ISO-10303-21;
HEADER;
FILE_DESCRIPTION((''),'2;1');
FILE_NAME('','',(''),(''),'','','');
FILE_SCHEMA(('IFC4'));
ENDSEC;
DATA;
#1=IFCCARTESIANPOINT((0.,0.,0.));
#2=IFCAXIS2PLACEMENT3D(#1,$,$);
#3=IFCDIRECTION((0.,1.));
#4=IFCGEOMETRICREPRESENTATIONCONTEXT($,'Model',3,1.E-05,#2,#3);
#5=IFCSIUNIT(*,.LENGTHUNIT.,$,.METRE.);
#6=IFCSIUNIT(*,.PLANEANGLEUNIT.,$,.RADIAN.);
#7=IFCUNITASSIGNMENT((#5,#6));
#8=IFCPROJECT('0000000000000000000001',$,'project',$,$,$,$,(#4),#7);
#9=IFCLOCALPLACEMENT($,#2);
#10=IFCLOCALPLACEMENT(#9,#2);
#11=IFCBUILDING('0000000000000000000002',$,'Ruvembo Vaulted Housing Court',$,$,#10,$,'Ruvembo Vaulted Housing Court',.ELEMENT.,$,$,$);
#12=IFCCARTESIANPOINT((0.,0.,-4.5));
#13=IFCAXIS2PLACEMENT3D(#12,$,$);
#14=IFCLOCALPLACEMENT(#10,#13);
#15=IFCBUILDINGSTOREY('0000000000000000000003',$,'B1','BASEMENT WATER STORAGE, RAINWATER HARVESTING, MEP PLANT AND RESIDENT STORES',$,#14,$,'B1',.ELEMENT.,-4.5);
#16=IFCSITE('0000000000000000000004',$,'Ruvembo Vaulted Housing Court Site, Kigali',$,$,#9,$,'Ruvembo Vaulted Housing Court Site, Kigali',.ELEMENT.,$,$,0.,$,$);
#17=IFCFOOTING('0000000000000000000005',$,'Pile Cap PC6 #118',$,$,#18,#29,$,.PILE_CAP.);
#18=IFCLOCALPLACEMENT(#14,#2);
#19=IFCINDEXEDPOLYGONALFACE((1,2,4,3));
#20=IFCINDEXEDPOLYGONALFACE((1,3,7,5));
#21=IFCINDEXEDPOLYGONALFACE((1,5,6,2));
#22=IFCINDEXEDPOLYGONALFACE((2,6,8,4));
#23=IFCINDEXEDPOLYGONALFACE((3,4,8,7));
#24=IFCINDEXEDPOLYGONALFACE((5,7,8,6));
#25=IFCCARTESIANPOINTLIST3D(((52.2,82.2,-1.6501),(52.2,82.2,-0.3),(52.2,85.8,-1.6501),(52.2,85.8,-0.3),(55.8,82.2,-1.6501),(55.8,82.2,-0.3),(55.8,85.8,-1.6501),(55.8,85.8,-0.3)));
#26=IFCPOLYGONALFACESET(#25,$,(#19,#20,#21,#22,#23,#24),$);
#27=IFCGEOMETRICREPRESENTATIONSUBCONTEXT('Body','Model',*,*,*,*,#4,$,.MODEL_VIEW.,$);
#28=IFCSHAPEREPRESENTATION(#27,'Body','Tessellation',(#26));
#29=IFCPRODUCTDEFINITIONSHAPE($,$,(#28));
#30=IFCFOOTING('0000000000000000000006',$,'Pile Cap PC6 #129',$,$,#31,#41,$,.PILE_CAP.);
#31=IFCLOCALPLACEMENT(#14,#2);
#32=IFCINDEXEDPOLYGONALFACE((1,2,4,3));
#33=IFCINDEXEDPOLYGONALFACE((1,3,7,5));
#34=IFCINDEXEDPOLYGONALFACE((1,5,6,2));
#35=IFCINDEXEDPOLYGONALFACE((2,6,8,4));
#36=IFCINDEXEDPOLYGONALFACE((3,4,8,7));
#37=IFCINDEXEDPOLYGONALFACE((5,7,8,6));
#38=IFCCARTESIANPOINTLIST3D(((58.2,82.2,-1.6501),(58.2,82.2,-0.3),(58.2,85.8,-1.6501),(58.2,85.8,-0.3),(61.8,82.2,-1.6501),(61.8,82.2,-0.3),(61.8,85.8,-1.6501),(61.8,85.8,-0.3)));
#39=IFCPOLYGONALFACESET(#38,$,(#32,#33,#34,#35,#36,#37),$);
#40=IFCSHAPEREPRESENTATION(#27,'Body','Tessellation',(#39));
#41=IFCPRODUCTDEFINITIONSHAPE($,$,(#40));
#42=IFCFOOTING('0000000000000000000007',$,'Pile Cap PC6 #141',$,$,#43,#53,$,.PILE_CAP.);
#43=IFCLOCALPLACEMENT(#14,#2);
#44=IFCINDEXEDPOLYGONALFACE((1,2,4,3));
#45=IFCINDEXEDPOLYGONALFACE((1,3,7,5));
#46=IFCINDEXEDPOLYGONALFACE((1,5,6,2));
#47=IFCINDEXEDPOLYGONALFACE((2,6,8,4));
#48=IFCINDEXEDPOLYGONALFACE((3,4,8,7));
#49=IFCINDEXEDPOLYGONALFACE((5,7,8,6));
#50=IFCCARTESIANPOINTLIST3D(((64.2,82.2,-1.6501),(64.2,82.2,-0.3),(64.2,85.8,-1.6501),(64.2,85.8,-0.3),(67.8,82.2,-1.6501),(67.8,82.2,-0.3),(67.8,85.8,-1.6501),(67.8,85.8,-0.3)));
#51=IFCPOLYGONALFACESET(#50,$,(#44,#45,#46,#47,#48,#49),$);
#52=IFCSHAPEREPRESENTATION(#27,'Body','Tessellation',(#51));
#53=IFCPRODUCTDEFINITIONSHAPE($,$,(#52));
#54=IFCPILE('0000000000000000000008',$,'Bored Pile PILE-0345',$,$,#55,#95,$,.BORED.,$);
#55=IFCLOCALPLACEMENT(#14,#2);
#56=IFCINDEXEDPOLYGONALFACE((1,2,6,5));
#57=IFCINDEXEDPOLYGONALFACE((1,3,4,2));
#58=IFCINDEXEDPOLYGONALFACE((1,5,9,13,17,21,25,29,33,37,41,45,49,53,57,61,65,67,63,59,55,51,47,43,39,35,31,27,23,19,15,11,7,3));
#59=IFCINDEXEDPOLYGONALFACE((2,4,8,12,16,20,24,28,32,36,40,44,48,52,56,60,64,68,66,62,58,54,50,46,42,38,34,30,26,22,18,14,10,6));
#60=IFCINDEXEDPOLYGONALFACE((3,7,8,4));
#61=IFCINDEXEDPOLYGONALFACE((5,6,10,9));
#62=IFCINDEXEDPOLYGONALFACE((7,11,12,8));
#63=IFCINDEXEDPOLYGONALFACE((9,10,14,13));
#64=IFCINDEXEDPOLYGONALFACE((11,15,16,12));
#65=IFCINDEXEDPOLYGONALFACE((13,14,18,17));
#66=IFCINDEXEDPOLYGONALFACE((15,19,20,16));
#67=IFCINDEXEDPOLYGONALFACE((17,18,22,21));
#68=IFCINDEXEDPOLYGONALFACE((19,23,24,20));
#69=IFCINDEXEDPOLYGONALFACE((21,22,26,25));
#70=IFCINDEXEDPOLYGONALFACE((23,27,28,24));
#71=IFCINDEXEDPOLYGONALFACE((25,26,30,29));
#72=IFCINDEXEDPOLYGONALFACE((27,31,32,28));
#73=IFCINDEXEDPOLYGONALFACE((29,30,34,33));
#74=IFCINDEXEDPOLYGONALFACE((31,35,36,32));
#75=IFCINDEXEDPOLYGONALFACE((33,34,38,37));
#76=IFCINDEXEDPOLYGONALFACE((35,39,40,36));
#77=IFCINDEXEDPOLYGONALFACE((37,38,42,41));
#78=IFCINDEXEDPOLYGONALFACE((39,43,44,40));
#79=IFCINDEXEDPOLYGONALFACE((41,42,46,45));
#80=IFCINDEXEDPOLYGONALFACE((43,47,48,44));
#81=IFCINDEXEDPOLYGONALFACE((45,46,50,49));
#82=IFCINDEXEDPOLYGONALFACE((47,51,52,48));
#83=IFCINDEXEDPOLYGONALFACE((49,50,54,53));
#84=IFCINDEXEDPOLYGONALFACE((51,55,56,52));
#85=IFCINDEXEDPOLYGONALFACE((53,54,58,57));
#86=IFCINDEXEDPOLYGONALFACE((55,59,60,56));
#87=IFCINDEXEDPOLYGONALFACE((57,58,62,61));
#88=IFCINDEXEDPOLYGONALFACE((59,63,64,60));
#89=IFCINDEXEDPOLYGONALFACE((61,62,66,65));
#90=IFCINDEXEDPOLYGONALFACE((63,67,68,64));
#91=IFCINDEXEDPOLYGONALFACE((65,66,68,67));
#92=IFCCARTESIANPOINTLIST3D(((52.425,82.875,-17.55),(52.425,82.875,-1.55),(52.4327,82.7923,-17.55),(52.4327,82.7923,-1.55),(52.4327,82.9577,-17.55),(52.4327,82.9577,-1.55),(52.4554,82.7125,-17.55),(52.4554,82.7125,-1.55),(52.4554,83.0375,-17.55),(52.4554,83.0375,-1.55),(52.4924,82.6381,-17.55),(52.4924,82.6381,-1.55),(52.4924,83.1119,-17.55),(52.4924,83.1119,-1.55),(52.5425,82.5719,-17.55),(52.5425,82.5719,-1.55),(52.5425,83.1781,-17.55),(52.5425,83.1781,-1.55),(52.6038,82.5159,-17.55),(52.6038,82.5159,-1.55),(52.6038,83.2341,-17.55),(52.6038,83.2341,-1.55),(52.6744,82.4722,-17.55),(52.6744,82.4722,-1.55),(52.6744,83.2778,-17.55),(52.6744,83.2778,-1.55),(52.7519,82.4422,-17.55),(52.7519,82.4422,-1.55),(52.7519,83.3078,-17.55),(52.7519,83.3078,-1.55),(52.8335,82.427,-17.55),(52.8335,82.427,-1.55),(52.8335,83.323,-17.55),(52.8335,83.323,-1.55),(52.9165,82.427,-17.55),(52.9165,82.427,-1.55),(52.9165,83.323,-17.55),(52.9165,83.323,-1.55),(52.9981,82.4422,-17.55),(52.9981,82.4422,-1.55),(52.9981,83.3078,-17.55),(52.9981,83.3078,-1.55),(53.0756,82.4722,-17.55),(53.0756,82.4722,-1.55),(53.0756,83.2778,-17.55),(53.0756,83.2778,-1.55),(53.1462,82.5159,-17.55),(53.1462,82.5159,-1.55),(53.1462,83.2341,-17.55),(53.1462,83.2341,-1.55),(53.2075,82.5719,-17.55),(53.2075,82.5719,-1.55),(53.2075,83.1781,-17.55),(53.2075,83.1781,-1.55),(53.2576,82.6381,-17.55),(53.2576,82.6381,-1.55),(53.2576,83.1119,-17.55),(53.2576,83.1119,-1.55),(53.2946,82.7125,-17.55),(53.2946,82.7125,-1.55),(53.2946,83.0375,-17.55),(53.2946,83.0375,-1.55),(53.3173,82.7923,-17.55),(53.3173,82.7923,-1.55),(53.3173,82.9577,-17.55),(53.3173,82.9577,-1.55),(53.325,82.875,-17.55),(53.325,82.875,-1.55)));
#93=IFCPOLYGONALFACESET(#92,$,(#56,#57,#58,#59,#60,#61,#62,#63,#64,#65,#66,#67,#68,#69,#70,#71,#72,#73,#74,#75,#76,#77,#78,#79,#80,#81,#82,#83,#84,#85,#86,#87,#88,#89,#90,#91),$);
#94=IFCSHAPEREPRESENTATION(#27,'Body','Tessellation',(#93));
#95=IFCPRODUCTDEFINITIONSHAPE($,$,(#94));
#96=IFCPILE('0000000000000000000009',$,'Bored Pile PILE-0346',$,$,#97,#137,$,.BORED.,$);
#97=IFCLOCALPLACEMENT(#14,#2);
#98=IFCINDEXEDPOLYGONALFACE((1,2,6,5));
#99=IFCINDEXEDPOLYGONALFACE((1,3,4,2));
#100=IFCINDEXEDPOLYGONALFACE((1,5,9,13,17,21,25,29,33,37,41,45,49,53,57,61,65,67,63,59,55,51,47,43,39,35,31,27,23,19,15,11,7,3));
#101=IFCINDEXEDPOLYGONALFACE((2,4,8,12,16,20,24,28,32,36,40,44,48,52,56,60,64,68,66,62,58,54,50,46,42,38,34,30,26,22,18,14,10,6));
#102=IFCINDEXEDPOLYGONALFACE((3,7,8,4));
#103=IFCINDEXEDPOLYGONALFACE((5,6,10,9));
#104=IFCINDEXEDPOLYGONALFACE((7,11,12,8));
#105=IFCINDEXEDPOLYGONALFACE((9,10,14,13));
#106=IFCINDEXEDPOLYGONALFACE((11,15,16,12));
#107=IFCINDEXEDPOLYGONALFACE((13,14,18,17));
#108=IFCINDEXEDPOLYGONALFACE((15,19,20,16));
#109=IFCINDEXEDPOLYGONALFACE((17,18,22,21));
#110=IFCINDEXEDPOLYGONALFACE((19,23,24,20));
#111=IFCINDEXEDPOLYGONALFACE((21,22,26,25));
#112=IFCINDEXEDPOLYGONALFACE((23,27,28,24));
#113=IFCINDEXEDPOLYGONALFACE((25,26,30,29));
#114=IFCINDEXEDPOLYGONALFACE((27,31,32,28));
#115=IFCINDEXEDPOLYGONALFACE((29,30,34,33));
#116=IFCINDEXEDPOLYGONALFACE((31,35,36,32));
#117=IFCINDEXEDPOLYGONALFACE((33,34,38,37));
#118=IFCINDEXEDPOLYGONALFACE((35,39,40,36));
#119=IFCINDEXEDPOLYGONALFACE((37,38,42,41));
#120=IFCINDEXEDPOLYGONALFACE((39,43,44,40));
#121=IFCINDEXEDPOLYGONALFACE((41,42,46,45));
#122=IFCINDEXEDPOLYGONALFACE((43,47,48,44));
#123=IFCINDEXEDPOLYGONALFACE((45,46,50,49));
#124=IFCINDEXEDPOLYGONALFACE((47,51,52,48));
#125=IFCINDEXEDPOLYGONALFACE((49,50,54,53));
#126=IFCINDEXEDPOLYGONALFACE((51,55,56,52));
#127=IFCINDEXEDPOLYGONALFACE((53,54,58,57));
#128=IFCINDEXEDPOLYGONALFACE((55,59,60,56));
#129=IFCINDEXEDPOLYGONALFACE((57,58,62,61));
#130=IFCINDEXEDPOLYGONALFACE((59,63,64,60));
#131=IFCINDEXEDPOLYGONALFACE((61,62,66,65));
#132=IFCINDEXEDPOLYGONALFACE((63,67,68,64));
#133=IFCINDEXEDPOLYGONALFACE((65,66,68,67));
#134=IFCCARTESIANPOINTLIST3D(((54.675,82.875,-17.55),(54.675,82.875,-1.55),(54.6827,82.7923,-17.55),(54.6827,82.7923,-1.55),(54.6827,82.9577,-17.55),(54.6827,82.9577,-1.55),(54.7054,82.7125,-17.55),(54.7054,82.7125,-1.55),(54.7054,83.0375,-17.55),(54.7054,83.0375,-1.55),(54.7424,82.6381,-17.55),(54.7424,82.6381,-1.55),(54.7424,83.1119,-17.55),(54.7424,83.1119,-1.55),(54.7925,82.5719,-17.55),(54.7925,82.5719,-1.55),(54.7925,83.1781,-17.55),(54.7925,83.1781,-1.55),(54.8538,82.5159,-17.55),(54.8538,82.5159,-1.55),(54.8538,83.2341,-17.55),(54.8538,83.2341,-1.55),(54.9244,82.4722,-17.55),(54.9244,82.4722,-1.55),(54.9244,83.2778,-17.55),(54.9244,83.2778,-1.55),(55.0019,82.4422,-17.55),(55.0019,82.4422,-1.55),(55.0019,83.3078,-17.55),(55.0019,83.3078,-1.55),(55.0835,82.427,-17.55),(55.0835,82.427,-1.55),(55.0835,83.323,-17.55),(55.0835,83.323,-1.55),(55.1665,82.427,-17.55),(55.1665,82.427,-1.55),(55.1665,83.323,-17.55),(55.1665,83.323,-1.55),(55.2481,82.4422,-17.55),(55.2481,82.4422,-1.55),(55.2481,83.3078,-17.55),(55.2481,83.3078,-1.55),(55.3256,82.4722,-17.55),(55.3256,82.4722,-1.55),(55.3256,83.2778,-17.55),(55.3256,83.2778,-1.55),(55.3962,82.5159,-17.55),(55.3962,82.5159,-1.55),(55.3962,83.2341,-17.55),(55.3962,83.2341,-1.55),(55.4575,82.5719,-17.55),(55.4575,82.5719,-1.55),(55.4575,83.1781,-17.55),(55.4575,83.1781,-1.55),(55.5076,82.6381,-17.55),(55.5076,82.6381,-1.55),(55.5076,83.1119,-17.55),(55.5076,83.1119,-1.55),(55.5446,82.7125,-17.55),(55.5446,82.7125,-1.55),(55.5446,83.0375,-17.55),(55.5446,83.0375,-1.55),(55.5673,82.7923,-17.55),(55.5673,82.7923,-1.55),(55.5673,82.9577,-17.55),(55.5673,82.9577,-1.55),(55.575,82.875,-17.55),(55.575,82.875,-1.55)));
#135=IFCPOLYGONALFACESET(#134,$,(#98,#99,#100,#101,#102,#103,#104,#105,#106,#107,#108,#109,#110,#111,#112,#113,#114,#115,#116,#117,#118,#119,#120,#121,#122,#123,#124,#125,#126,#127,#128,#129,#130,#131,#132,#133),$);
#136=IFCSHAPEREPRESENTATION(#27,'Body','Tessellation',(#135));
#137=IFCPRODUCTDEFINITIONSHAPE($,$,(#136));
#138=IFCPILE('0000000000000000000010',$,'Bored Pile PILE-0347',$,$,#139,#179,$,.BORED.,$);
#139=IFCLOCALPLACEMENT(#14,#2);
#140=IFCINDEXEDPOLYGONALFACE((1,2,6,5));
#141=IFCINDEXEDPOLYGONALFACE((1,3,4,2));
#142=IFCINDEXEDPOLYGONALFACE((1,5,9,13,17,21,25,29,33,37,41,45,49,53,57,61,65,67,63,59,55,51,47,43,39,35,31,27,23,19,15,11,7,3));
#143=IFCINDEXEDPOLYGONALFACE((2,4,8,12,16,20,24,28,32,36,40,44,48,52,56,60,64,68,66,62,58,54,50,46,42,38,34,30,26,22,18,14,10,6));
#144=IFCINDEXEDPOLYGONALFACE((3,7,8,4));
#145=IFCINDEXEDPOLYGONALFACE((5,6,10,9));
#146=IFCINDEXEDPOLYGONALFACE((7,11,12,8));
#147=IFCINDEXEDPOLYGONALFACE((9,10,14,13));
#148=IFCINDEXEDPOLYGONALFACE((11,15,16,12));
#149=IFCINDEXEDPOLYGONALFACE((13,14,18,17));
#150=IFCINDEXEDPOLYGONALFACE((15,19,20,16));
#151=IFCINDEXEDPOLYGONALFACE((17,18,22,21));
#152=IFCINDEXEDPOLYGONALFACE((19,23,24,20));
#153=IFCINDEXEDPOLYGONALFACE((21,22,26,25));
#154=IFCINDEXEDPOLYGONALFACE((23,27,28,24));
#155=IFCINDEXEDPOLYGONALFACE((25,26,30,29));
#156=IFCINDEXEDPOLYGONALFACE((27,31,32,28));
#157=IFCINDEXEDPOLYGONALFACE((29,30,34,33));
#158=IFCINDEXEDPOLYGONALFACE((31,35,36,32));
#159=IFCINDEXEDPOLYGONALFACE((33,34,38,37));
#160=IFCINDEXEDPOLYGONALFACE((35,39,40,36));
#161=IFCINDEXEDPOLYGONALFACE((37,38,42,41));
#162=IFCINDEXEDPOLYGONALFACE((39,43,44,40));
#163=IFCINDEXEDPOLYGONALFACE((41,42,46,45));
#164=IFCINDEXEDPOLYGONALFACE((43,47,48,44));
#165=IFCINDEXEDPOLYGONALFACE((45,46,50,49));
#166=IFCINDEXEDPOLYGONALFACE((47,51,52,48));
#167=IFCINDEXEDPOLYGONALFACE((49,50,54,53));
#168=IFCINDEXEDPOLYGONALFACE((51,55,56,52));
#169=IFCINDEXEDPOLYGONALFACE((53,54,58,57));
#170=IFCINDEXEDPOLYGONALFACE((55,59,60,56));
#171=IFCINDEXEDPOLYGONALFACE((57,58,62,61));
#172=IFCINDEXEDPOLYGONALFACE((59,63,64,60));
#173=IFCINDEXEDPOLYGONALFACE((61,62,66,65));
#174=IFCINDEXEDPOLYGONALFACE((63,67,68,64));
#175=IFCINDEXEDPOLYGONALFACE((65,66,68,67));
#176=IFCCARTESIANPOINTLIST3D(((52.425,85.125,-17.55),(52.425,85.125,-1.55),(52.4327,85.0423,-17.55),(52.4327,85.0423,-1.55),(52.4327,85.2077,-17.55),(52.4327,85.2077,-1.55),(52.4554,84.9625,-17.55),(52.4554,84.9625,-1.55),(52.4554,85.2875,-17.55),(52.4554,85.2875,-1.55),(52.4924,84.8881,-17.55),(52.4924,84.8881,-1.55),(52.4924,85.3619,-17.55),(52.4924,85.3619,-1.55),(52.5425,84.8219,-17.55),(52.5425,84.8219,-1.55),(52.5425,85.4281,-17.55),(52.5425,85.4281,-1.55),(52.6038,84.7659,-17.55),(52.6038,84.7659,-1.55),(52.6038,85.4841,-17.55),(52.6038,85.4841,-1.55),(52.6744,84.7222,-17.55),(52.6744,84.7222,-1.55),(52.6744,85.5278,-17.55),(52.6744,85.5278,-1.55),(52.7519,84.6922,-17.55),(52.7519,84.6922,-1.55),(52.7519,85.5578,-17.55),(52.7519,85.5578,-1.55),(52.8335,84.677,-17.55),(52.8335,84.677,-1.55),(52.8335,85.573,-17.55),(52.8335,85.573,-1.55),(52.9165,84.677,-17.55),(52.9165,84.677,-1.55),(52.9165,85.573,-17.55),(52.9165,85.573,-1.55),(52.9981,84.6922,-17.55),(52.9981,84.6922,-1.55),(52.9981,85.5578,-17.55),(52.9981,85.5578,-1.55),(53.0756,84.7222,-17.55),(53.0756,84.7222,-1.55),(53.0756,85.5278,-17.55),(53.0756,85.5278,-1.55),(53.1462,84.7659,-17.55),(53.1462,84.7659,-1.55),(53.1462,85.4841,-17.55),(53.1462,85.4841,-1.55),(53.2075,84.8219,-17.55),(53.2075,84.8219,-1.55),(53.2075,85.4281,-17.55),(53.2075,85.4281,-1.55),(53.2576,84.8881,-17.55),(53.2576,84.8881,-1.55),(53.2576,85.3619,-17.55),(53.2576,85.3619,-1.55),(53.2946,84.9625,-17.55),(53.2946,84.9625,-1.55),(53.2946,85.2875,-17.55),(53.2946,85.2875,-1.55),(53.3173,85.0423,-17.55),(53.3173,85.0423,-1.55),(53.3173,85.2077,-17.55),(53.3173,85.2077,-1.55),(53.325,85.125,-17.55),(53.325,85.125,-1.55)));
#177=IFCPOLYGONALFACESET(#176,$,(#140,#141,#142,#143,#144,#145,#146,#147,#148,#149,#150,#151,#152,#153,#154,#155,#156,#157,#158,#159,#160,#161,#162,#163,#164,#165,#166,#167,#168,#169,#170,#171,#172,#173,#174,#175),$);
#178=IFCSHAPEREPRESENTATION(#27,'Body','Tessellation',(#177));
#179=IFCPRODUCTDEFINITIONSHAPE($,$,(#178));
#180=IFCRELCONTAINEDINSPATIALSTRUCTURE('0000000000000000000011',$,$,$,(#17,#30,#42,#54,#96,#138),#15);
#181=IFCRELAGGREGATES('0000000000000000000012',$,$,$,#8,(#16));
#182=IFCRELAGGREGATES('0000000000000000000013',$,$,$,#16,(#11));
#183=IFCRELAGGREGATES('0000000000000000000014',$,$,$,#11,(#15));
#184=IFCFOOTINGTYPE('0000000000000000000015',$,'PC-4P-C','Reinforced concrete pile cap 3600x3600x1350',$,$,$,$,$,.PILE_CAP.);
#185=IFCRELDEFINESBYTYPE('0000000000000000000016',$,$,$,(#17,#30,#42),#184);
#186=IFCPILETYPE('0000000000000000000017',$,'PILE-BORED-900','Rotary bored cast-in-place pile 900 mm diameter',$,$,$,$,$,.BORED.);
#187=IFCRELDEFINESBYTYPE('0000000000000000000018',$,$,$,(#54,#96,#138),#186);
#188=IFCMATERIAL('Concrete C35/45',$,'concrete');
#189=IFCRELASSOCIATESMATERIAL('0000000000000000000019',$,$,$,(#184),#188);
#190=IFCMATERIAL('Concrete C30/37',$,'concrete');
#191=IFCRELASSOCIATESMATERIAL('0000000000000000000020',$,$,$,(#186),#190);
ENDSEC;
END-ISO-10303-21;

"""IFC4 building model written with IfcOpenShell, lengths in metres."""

from ifc_helpers import new_model, si_unit, direction, frame, origin, origin_2d, place, context, subcontext, project, spatial, rectangle, circle, extrude, material, material_profile, profile_set, type_object, element, save


model = new_model("IFC4")

# Units and contexts
model_context = context("Model", 3, precision=1e-05, world=origin(), true_north=direction((0.0, 1.0)))
body_context = subcontext(model_context, "Body", "Model", "MODEL_VIEW")
ifc_project = project(units=[si_unit("LENGTHUNIT", "METRE"), si_unit("PLANEANGLEUNIT", "RADIAN")], contexts=[model_context])

# Site, building, storey
site_placement = place(None, origin())
site = spatial("IfcSite", under=ifc_project, at=site_placement, Name="Ruvembo Vaulted Housing Court Site, Kigali", LongName="Ruvembo Vaulted Housing Court Site, Kigali", CompositionType="ELEMENT", RefElevation=0.0)
building_placement = place(site_placement, origin())
building = spatial("IfcBuilding", under=site, at=building_placement, Name="Ruvembo Vaulted Housing Court", LongName="Ruvembo Vaulted Housing Court", CompositionType="ELEMENT")
storey_placement = place(building_placement, frame((0.0, 0.0, -4.5)))
storey = spatial("IfcBuildingStorey", under=building, at=storey_placement, Name="B1", Description="BASEMENT WATER STORAGE, RAINWATER HARVESTING, MEP PLANT AND RESIDENT STORES", LongName="B1", CompositionType="ELEMENT", Elevation=-4.5)

# Footings
ifc_material_1 = material(Name="Concrete C35/45", Category="concrete")
footing_type = type_object("IfcFootingType", Name="PC-4P-C", Description="Reinforced concrete pile cap 3600x3600x1350", PredefinedType="PILE_CAP", material=ifc_material_1)
for number, where, z_axis, x_axis, name in (
    (1, (54.0, 84.0, -1.6501), (0.0, 0.0, 1.0), (1.0, 0.0, 0.0), "Pile Cap PC6 #118"),
    (2, (60.0, 84.0, -1.6501), (0.0, 0.0, 1.0), (1.0, 0.0, 0.0), "Pile Cap PC6 #129"),
    (3, (66.0, 84.0, -1.6501), (0.0, 0.0, 1.0), (1.0, 0.0, 0.0), "Pile Cap PC6 #141"),
):
    element("IfcFooting", number, at=place(storey_placement, frame(where, z_axis=z_axis, x_axis=x_axis)), inside=storey, type_object=footing_type, Name=name, PredefinedType="PILE_CAP", context=body_context, shape_type="SweptSolid", body=[
        extrude(rectangle(XDim=3.6001, YDim=3.6001, at=origin_2d()), origin(), (0.0, 0.0, 1.0), 1.3501),
    ])

# Piles
ifc_material_2 = material(Name="Concrete C30/37", Category="concrete")
ifc_material_profile_1 = material_profile(ifc_material_2, circle(Radius=0.45, at=origin_2d()), Name="PILE D900")
ifc_profile_set_1 = profile_set([ifc_material_profile_1], Name="Concrete C30/37")
pile_type = type_object("IfcPileType", Name="PILE-BORED-900", Description="Rotary bored cast-in-place pile 900 mm diameter", PredefinedType="BORED", material=ifc_profile_set_1)
for number, where, z_axis, x_axis, name in (
    (4, (52.875, 82.875, -1.55), (0.0, 0.0, -1.0), (1.0, 0.0, 0.0), "Bored Pile PILE-0345"),
    (5, (55.125, 82.875, -1.55), (0.0, 0.0, -1.0), (1.0, 0.0, 0.0), "Bored Pile PILE-0346"),
    (6, (52.875, 85.125, -1.55), (0.0, 0.0, -1.0), (1.0, 0.0, 0.0), "Bored Pile PILE-0347"),
):
    element("IfcPile", number, at=place(storey_placement, frame(where, z_axis=z_axis, x_axis=x_axis)), inside=storey, type_object=pile_type, Name=name, PredefinedType="BORED", context=body_context, shape_type="SweptSolid", body=[
        extrude(circle(Radius=0.45, at=origin_2d()), origin(), (0.0, 0.0, 1.0), 16.0),
    ])

save(model, "model.ifc")
